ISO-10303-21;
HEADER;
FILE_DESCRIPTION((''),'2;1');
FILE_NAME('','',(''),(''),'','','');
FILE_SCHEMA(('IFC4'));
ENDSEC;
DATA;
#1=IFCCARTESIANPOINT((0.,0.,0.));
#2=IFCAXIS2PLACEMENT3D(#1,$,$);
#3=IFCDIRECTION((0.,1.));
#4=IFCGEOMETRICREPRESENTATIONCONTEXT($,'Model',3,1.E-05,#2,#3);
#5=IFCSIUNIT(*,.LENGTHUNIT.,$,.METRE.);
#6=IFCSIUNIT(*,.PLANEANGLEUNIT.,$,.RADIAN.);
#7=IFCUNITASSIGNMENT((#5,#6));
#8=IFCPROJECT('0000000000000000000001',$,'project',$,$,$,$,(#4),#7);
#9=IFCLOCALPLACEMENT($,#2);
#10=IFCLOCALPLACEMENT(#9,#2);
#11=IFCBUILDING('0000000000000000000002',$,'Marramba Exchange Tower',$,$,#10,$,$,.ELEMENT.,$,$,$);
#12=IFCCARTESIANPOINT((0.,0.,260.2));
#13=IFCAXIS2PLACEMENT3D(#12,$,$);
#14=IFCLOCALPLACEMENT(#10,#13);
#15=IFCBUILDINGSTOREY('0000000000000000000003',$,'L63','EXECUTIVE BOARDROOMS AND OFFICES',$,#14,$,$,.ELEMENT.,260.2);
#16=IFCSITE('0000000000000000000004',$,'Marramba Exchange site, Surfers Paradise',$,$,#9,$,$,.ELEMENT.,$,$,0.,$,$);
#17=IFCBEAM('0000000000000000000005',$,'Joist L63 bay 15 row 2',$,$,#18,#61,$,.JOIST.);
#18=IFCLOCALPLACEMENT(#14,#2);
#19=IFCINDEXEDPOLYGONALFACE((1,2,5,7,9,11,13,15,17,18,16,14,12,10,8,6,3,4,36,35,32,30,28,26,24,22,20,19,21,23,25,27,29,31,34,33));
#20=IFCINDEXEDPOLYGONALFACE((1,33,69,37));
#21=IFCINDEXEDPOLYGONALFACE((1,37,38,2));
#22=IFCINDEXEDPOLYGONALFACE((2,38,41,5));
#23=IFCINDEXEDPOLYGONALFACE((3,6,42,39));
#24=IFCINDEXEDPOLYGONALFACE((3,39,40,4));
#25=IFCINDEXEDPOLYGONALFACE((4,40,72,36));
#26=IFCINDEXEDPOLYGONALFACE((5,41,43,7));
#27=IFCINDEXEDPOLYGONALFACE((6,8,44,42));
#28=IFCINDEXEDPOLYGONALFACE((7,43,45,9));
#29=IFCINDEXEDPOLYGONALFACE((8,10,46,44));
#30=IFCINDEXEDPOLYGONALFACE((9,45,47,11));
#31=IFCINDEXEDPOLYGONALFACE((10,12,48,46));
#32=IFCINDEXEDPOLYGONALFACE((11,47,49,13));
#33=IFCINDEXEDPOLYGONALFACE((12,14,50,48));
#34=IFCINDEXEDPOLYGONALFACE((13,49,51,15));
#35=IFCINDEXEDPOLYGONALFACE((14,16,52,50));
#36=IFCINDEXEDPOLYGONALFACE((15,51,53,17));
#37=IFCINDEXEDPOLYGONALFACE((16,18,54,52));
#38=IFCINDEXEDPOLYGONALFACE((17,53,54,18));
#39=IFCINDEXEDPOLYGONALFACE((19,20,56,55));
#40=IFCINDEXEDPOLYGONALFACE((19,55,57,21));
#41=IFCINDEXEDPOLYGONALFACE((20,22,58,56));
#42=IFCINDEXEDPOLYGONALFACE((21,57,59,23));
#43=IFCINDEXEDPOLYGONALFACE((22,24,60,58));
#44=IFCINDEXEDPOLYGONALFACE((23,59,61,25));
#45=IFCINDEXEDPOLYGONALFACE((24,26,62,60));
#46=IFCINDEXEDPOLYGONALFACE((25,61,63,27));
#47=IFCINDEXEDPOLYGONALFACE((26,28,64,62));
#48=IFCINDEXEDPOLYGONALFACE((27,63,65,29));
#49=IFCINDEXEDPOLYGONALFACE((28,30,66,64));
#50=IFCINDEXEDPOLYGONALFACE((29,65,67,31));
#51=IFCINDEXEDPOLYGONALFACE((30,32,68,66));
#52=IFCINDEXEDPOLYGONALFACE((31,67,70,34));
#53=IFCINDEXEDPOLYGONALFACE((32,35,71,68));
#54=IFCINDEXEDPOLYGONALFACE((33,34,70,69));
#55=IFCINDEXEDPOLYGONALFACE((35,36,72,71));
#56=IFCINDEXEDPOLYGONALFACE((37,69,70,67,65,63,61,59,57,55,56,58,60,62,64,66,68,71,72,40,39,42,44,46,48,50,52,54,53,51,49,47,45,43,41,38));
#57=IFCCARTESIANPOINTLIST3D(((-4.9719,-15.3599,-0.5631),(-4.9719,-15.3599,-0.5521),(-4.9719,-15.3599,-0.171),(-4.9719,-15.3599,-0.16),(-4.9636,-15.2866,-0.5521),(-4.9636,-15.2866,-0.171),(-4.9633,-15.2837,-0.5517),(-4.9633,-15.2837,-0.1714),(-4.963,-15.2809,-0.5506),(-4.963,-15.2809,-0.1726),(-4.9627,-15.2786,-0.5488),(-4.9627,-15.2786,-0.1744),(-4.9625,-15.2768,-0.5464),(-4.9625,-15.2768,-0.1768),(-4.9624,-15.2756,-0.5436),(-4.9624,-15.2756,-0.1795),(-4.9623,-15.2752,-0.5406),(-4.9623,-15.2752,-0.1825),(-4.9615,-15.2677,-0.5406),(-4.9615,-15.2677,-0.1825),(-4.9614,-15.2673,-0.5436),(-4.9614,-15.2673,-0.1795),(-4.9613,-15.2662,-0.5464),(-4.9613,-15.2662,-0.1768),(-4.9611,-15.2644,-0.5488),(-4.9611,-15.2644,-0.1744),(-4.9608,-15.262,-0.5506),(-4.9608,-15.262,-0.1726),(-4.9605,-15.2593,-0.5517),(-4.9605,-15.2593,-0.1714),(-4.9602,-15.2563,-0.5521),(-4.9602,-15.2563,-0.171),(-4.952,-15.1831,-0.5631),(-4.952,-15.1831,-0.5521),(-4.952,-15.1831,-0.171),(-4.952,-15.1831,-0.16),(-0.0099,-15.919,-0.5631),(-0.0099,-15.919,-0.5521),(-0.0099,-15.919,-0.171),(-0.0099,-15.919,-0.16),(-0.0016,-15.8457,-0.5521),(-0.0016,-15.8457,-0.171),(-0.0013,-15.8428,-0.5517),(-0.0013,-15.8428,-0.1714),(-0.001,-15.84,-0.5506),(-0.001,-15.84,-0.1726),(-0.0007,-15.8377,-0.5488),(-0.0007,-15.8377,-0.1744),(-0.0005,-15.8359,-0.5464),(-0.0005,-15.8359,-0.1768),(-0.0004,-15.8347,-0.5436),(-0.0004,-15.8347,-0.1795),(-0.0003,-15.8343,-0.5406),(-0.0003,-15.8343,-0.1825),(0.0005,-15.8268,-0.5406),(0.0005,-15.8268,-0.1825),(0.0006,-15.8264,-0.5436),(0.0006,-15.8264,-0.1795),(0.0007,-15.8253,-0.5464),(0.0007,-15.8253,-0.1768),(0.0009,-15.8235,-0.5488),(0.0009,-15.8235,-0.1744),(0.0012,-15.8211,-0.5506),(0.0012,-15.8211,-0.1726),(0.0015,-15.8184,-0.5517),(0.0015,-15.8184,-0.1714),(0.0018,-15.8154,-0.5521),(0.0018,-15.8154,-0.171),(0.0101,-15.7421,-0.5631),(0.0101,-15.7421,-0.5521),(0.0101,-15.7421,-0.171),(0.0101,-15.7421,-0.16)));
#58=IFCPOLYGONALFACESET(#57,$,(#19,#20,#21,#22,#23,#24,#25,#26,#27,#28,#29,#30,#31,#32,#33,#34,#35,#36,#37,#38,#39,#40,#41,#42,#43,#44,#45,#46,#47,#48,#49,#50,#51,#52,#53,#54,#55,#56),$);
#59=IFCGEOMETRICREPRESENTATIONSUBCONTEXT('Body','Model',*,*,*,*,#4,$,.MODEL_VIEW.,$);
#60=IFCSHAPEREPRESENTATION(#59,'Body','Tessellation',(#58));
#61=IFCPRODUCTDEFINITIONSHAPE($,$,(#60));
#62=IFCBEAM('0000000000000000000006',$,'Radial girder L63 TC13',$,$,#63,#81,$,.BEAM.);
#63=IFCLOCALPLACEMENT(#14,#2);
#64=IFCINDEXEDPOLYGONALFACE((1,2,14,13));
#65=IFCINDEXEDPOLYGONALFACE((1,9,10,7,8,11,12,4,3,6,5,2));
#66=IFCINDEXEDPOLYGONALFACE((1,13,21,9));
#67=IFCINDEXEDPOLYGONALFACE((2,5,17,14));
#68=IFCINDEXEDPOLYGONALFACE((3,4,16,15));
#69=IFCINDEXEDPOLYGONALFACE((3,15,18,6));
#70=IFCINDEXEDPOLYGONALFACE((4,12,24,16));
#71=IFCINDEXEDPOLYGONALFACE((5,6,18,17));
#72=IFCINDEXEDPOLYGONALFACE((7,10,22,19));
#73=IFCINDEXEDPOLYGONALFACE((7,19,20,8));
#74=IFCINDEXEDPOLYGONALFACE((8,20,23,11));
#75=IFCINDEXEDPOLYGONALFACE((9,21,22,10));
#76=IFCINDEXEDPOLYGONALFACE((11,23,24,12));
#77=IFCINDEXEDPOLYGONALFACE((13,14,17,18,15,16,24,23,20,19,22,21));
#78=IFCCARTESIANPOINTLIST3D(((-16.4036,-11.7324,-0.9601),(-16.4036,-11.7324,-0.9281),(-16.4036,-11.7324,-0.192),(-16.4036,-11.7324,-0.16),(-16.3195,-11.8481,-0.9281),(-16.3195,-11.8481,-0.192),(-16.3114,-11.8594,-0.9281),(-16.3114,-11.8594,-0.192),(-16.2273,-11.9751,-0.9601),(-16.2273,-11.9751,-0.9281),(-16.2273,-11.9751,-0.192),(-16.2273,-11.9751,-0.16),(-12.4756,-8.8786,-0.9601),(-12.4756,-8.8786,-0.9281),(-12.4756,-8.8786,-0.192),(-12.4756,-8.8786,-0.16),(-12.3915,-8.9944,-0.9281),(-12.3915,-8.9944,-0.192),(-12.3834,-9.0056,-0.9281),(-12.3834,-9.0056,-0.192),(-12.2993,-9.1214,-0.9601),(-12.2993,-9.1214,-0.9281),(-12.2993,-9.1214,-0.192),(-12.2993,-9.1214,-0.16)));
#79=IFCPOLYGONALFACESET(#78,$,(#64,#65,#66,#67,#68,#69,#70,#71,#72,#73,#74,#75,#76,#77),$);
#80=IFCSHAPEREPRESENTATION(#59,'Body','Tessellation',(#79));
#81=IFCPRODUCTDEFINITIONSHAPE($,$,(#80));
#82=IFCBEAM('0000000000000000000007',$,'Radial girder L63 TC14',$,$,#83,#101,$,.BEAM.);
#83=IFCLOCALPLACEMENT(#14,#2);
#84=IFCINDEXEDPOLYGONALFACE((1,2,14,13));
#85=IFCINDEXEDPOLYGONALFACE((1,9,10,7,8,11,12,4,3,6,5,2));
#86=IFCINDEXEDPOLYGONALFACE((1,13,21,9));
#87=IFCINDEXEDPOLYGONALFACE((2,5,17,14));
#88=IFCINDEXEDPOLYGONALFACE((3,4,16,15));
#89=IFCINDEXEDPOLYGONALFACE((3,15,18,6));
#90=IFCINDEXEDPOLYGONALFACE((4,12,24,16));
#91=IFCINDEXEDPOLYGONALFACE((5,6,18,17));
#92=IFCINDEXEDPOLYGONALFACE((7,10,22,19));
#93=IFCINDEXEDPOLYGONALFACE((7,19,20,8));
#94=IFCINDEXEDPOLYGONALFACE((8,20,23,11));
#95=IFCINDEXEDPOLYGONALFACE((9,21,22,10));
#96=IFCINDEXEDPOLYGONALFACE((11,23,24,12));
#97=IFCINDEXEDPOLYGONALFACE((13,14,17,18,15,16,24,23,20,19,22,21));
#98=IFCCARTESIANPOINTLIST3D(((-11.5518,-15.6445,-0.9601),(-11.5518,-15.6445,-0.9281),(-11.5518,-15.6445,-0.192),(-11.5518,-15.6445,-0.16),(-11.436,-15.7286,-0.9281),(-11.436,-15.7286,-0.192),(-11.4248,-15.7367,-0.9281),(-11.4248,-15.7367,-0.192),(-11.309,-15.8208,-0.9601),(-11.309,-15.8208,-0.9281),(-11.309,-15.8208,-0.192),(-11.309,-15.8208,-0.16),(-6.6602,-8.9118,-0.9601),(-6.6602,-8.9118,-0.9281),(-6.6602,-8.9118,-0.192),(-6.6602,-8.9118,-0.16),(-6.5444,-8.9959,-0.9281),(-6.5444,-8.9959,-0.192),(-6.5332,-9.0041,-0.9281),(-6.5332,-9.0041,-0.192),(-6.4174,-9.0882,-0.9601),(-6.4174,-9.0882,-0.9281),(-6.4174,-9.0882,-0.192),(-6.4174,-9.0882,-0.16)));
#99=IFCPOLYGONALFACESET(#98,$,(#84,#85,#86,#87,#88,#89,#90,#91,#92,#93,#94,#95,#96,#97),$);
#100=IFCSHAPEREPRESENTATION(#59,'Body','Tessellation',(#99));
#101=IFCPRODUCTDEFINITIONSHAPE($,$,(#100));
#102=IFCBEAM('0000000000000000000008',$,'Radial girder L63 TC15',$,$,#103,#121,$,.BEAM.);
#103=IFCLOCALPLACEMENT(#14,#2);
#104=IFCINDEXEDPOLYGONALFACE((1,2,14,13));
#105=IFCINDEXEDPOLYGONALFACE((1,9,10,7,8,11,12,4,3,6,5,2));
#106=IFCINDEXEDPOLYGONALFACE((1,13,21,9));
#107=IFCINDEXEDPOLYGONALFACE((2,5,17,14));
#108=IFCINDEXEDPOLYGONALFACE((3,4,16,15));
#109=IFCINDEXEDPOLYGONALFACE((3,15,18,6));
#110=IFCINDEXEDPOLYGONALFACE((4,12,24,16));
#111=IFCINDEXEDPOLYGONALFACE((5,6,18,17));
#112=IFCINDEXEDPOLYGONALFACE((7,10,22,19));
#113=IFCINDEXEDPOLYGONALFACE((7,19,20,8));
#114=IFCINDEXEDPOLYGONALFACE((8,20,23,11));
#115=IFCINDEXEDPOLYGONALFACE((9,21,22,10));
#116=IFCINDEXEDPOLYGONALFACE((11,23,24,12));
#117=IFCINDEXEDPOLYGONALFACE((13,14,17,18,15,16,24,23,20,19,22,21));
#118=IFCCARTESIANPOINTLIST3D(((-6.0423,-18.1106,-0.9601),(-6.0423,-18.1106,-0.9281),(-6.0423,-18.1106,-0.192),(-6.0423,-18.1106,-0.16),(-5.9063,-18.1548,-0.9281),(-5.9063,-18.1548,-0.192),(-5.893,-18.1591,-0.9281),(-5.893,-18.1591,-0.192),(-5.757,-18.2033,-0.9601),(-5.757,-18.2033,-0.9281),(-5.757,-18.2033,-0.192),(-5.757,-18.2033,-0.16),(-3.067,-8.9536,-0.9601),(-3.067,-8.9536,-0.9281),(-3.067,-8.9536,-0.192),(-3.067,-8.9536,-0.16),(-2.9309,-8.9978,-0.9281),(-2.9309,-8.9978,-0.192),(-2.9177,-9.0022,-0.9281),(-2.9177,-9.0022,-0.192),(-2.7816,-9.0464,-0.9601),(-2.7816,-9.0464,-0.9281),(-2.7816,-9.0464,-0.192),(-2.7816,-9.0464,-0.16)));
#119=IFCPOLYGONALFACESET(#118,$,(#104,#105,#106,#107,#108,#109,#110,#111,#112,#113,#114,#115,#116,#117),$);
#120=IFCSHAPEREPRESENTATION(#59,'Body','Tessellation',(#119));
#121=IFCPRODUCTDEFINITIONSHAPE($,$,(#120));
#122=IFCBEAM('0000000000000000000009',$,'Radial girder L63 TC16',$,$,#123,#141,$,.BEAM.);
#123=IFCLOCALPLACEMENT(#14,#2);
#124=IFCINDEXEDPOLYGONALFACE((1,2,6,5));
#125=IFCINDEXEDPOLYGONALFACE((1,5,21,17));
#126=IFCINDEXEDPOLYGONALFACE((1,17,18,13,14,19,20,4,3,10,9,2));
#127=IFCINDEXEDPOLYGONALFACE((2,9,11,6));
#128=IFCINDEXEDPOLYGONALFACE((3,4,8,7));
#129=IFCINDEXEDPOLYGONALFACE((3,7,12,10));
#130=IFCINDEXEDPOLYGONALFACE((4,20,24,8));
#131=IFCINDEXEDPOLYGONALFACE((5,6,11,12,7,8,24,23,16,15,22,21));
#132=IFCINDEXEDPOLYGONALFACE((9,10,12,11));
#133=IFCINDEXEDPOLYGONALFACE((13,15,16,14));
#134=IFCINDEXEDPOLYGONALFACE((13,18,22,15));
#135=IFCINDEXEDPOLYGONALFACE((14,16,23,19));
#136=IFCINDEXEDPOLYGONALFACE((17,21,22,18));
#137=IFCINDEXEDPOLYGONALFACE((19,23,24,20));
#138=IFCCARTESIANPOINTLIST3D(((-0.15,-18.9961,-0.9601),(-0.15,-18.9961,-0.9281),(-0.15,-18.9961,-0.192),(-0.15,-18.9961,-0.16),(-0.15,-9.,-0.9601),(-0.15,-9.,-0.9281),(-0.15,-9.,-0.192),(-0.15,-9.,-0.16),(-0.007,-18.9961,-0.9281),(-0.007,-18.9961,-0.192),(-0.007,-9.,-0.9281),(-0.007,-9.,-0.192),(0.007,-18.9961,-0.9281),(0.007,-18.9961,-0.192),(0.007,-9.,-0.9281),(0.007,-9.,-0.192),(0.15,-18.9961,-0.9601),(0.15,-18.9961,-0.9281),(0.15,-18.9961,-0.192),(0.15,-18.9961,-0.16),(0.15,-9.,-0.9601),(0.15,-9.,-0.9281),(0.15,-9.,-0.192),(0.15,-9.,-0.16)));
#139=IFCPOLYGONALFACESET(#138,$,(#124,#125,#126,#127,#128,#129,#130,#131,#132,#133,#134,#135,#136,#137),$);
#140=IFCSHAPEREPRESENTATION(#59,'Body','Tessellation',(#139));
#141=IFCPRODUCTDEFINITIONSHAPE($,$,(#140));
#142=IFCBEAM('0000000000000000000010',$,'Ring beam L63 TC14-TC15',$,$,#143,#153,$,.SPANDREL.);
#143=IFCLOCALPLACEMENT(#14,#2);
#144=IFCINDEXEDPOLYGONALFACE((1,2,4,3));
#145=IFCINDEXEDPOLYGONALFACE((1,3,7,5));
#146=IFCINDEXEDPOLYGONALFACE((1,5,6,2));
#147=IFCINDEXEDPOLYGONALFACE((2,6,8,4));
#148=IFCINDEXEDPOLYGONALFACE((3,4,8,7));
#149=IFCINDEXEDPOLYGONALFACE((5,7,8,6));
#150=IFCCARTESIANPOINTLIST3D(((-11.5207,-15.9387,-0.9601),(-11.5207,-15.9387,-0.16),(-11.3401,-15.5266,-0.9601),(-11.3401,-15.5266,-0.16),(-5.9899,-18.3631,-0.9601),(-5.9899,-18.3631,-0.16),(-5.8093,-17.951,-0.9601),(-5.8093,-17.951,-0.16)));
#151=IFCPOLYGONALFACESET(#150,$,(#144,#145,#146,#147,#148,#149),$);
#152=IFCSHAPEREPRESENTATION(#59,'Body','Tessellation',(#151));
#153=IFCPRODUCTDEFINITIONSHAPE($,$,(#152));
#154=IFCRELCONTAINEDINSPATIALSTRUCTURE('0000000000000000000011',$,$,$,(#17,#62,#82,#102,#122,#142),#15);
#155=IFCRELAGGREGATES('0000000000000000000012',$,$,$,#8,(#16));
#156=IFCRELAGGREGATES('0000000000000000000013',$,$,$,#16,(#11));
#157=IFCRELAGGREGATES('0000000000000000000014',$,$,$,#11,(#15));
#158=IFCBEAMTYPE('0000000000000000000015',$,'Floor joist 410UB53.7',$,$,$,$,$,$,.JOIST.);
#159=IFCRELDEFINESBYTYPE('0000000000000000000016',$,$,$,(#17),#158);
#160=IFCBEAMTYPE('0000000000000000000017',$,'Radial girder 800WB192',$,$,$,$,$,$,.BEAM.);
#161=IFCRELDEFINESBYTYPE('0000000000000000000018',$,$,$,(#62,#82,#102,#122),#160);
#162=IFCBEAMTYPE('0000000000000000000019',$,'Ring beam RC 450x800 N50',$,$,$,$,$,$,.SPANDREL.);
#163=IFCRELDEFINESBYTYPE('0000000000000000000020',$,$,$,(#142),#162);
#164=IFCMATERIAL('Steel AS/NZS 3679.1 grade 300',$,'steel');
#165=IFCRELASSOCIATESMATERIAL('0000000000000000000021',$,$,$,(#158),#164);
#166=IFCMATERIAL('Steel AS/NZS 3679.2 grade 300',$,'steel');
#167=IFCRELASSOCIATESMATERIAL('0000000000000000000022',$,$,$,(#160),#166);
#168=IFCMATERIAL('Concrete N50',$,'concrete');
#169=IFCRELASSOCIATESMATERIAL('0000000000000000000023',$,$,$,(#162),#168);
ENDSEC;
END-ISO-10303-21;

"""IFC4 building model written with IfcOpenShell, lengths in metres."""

from ifc_helpers import new_model, si_unit, direction, frame, origin, origin_2d, place, context, subcontext, project, spatial, rectangle, i_section, extrude, material, material_profile, profile_set, type_object, element, save


model = new_model("IFC4")

# Units and contexts
model_context = context("Model", 3, precision=1e-05, world=origin(), true_north=direction((0.0, 1.0)))
body_context = subcontext(model_context, "Body", "Model", "MODEL_VIEW")
ifc_project = project(units=[si_unit("LENGTHUNIT", "METRE"), si_unit("PLANEANGLEUNIT", "RADIAN")], contexts=[model_context])

# Site, building, storey
site_placement = place(None, origin())
site = spatial("IfcSite", under=ifc_project, at=site_placement, Name="Marramba Exchange site, Surfers Paradise", CompositionType="ELEMENT", RefElevation=0.0)
building_placement = place(site_placement, origin())
building = spatial("IfcBuilding", under=site, at=building_placement, Name="Marramba Exchange Tower", CompositionType="ELEMENT")
storey_placement = place(building_placement, frame((0.0, 0.0, 260.2)))
storey = spatial("IfcBuildingStorey", under=building, at=storey_placement, Name="L63", Description="EXECUTIVE BOARDROOMS AND OFFICES", CompositionType="ELEMENT", Elevation=260.2)

# Beams
ifc_material_1 = material(Name="Steel AS/NZS 3679.1 grade 300", Category="steel")
ifc_material_profile_1 = material_profile(ifc_material_1, i_section(OverallWidth=0.178, OverallDepth=0.4031, WebThickness=0.0076, FlangeThickness=0.011, FilletRadius=0.0115, at=origin_2d()), Name="410UB53.7")
ifc_profile_set_1 = profile_set([ifc_material_profile_1], Name="Steel AS/NZS 3679.1 grade 300")
beam_type_1 = type_object("IfcBeamType", Name="Floor joist 410UB53.7", PredefinedType="JOIST", material=ifc_profile_set_1)
beam_1_placement = place(storey_placement, frame((-4.9619, -15.2715, -0.3616), z_axis=(0.993712, -0.111966, 0.0), x_axis=(0.111966, 0.993712, 0.0)))
element("IfcBeam", 1, at=beam_1_placement, inside=storey, type_object=beam_type_1, Name="Joist L63 bay 15 row 2", PredefinedType="JOIST", context=body_context, shape_type="SweptSolid", body=[
    extrude(i_section(OverallWidth=0.178, OverallDepth=0.4031, WebThickness=0.0076, FlangeThickness=0.011, FilletRadius=0.0115, at=origin_2d()), origin(), (0.0, 0.0, 1.0), 4.9934),
])
ifc_material_2 = material(Name="Steel AS/NZS 3679.2 grade 300", Category="steel")
ifc_material_profile_2 = material_profile(ifc_material_2, i_section(OverallWidth=0.3, OverallDepth=0.8, WebThickness=0.0139, FlangeThickness=0.032, at=origin_2d()), Name="800WB192")
ifc_profile_set_2 = profile_set([ifc_material_profile_2], Name="Steel AS/NZS 3679.2 grade 300")
beam_type_2 = type_object("IfcBeamType", Name="Radial girder 800WB192", PredefinedType="BEAM", material=ifc_profile_set_2)
beam_2_placement = place(storey_placement, frame((-12.3875, -9.0, -0.5601), z_axis=(-0.809025, -0.587774, 0.0), x_axis=(0.587774, -0.809025, 0.0)))
element("IfcBeam", 2, at=beam_2_placement, inside=storey, type_object=beam_type_2, Name="Radial girder L63 TC13", PredefinedType="BEAM", context=body_context, shape_type="SweptSolid", body=[
    extrude(i_section(OverallWidth=0.3, OverallDepth=0.8, WebThickness=0.0139, FlangeThickness=0.032, at=origin_2d()), origin(), (0.0, 0.0, 1.0), 4.8552),
])
beam_3_placement = place(storey_placement, frame((-6.5388, -9.0, -0.5601), z_axis=(-0.587788, -0.809015, 0.0), x_axis=(0.809015, -0.587788, 0.0)))
element("IfcBeam", 3, at=beam_3_placement, inside=storey, type_object=beam_type_2, Name="Radial girder L63 TC14", PredefinedType="BEAM", context=body_context, shape_type="SweptSolid", body=[
    extrude(i_section(OverallWidth=0.3, OverallDepth=0.8, WebThickness=0.0139, FlangeThickness=0.032, at=origin_2d()), origin(), (0.0, 0.0, 1.0), 8.322),
])
beam_4_placement = place(storey_placement, frame((-2.9243, -9.0, -0.5601), z_axis=(-0.309022, -0.951055, 0.0), x_axis=(0.951055, -0.309022, 0.0)))
element("IfcBeam", 4, at=beam_4_placement, inside=storey, type_object=beam_type_2, Name="Radial girder L63 TC15", PredefinedType="BEAM", context=body_context, shape_type="SweptSolid", body=[
    extrude(i_section(OverallWidth=0.3, OverallDepth=0.8, WebThickness=0.0139, FlangeThickness=0.032, at=origin_2d()), origin(), (0.0, 0.0, 1.0), 9.6282),
])
beam_5_placement = place(storey_placement, frame((0.0, -9.0, -0.5601), z_axis=(0.0, -1.0, 0.0), x_axis=(1.0, 0.0, 0.0)))
element("IfcBeam", 5, at=beam_5_placement, inside=storey, type_object=beam_type_2, Name="Radial girder L63 TC16", PredefinedType="BEAM", context=body_context, shape_type="SweptSolid", body=[
    extrude(i_section(OverallWidth=0.3, OverallDepth=0.8, WebThickness=0.0139, FlangeThickness=0.032, at=origin_2d()), origin(), (0.0, 0.0, 1.0), 9.9961),
])
ifc_material_3 = material(Name="Concrete N50", Category="concrete")
ifc_material_profile_3 = material_profile(ifc_material_3, rectangle(XDim=0.45, YDim=0.8, at=origin_2d()), Name="RC 450x800")
ifc_profile_set_3 = profile_set([ifc_material_profile_3], Name="Concrete N50")
beam_type_3 = type_object("IfcBeamType", Name="Ring beam RC 450x800 N50", PredefinedType="SPANDREL", material=ifc_profile_set_3)
beam_6_placement = place(storey_placement, frame((-11.4304, -15.7327, -0.5601), z_axis=(0.915877, -0.401459, 0.0), x_axis=(0.401459, 0.915877, 0.0)))
element("IfcBeam", 6, at=beam_6_placement, inside=storey, type_object=beam_type_3, Name="Ring beam L63 TC14-TC15", PredefinedType="SPANDREL", context=body_context, shape_type="SweptSolid", body=[
    extrude(rectangle(XDim=0.45, YDim=0.8, at=origin_2d()), origin(), (0.0, 0.0, 1.0), 6.0388),
])

save(model, "model.ifc")
